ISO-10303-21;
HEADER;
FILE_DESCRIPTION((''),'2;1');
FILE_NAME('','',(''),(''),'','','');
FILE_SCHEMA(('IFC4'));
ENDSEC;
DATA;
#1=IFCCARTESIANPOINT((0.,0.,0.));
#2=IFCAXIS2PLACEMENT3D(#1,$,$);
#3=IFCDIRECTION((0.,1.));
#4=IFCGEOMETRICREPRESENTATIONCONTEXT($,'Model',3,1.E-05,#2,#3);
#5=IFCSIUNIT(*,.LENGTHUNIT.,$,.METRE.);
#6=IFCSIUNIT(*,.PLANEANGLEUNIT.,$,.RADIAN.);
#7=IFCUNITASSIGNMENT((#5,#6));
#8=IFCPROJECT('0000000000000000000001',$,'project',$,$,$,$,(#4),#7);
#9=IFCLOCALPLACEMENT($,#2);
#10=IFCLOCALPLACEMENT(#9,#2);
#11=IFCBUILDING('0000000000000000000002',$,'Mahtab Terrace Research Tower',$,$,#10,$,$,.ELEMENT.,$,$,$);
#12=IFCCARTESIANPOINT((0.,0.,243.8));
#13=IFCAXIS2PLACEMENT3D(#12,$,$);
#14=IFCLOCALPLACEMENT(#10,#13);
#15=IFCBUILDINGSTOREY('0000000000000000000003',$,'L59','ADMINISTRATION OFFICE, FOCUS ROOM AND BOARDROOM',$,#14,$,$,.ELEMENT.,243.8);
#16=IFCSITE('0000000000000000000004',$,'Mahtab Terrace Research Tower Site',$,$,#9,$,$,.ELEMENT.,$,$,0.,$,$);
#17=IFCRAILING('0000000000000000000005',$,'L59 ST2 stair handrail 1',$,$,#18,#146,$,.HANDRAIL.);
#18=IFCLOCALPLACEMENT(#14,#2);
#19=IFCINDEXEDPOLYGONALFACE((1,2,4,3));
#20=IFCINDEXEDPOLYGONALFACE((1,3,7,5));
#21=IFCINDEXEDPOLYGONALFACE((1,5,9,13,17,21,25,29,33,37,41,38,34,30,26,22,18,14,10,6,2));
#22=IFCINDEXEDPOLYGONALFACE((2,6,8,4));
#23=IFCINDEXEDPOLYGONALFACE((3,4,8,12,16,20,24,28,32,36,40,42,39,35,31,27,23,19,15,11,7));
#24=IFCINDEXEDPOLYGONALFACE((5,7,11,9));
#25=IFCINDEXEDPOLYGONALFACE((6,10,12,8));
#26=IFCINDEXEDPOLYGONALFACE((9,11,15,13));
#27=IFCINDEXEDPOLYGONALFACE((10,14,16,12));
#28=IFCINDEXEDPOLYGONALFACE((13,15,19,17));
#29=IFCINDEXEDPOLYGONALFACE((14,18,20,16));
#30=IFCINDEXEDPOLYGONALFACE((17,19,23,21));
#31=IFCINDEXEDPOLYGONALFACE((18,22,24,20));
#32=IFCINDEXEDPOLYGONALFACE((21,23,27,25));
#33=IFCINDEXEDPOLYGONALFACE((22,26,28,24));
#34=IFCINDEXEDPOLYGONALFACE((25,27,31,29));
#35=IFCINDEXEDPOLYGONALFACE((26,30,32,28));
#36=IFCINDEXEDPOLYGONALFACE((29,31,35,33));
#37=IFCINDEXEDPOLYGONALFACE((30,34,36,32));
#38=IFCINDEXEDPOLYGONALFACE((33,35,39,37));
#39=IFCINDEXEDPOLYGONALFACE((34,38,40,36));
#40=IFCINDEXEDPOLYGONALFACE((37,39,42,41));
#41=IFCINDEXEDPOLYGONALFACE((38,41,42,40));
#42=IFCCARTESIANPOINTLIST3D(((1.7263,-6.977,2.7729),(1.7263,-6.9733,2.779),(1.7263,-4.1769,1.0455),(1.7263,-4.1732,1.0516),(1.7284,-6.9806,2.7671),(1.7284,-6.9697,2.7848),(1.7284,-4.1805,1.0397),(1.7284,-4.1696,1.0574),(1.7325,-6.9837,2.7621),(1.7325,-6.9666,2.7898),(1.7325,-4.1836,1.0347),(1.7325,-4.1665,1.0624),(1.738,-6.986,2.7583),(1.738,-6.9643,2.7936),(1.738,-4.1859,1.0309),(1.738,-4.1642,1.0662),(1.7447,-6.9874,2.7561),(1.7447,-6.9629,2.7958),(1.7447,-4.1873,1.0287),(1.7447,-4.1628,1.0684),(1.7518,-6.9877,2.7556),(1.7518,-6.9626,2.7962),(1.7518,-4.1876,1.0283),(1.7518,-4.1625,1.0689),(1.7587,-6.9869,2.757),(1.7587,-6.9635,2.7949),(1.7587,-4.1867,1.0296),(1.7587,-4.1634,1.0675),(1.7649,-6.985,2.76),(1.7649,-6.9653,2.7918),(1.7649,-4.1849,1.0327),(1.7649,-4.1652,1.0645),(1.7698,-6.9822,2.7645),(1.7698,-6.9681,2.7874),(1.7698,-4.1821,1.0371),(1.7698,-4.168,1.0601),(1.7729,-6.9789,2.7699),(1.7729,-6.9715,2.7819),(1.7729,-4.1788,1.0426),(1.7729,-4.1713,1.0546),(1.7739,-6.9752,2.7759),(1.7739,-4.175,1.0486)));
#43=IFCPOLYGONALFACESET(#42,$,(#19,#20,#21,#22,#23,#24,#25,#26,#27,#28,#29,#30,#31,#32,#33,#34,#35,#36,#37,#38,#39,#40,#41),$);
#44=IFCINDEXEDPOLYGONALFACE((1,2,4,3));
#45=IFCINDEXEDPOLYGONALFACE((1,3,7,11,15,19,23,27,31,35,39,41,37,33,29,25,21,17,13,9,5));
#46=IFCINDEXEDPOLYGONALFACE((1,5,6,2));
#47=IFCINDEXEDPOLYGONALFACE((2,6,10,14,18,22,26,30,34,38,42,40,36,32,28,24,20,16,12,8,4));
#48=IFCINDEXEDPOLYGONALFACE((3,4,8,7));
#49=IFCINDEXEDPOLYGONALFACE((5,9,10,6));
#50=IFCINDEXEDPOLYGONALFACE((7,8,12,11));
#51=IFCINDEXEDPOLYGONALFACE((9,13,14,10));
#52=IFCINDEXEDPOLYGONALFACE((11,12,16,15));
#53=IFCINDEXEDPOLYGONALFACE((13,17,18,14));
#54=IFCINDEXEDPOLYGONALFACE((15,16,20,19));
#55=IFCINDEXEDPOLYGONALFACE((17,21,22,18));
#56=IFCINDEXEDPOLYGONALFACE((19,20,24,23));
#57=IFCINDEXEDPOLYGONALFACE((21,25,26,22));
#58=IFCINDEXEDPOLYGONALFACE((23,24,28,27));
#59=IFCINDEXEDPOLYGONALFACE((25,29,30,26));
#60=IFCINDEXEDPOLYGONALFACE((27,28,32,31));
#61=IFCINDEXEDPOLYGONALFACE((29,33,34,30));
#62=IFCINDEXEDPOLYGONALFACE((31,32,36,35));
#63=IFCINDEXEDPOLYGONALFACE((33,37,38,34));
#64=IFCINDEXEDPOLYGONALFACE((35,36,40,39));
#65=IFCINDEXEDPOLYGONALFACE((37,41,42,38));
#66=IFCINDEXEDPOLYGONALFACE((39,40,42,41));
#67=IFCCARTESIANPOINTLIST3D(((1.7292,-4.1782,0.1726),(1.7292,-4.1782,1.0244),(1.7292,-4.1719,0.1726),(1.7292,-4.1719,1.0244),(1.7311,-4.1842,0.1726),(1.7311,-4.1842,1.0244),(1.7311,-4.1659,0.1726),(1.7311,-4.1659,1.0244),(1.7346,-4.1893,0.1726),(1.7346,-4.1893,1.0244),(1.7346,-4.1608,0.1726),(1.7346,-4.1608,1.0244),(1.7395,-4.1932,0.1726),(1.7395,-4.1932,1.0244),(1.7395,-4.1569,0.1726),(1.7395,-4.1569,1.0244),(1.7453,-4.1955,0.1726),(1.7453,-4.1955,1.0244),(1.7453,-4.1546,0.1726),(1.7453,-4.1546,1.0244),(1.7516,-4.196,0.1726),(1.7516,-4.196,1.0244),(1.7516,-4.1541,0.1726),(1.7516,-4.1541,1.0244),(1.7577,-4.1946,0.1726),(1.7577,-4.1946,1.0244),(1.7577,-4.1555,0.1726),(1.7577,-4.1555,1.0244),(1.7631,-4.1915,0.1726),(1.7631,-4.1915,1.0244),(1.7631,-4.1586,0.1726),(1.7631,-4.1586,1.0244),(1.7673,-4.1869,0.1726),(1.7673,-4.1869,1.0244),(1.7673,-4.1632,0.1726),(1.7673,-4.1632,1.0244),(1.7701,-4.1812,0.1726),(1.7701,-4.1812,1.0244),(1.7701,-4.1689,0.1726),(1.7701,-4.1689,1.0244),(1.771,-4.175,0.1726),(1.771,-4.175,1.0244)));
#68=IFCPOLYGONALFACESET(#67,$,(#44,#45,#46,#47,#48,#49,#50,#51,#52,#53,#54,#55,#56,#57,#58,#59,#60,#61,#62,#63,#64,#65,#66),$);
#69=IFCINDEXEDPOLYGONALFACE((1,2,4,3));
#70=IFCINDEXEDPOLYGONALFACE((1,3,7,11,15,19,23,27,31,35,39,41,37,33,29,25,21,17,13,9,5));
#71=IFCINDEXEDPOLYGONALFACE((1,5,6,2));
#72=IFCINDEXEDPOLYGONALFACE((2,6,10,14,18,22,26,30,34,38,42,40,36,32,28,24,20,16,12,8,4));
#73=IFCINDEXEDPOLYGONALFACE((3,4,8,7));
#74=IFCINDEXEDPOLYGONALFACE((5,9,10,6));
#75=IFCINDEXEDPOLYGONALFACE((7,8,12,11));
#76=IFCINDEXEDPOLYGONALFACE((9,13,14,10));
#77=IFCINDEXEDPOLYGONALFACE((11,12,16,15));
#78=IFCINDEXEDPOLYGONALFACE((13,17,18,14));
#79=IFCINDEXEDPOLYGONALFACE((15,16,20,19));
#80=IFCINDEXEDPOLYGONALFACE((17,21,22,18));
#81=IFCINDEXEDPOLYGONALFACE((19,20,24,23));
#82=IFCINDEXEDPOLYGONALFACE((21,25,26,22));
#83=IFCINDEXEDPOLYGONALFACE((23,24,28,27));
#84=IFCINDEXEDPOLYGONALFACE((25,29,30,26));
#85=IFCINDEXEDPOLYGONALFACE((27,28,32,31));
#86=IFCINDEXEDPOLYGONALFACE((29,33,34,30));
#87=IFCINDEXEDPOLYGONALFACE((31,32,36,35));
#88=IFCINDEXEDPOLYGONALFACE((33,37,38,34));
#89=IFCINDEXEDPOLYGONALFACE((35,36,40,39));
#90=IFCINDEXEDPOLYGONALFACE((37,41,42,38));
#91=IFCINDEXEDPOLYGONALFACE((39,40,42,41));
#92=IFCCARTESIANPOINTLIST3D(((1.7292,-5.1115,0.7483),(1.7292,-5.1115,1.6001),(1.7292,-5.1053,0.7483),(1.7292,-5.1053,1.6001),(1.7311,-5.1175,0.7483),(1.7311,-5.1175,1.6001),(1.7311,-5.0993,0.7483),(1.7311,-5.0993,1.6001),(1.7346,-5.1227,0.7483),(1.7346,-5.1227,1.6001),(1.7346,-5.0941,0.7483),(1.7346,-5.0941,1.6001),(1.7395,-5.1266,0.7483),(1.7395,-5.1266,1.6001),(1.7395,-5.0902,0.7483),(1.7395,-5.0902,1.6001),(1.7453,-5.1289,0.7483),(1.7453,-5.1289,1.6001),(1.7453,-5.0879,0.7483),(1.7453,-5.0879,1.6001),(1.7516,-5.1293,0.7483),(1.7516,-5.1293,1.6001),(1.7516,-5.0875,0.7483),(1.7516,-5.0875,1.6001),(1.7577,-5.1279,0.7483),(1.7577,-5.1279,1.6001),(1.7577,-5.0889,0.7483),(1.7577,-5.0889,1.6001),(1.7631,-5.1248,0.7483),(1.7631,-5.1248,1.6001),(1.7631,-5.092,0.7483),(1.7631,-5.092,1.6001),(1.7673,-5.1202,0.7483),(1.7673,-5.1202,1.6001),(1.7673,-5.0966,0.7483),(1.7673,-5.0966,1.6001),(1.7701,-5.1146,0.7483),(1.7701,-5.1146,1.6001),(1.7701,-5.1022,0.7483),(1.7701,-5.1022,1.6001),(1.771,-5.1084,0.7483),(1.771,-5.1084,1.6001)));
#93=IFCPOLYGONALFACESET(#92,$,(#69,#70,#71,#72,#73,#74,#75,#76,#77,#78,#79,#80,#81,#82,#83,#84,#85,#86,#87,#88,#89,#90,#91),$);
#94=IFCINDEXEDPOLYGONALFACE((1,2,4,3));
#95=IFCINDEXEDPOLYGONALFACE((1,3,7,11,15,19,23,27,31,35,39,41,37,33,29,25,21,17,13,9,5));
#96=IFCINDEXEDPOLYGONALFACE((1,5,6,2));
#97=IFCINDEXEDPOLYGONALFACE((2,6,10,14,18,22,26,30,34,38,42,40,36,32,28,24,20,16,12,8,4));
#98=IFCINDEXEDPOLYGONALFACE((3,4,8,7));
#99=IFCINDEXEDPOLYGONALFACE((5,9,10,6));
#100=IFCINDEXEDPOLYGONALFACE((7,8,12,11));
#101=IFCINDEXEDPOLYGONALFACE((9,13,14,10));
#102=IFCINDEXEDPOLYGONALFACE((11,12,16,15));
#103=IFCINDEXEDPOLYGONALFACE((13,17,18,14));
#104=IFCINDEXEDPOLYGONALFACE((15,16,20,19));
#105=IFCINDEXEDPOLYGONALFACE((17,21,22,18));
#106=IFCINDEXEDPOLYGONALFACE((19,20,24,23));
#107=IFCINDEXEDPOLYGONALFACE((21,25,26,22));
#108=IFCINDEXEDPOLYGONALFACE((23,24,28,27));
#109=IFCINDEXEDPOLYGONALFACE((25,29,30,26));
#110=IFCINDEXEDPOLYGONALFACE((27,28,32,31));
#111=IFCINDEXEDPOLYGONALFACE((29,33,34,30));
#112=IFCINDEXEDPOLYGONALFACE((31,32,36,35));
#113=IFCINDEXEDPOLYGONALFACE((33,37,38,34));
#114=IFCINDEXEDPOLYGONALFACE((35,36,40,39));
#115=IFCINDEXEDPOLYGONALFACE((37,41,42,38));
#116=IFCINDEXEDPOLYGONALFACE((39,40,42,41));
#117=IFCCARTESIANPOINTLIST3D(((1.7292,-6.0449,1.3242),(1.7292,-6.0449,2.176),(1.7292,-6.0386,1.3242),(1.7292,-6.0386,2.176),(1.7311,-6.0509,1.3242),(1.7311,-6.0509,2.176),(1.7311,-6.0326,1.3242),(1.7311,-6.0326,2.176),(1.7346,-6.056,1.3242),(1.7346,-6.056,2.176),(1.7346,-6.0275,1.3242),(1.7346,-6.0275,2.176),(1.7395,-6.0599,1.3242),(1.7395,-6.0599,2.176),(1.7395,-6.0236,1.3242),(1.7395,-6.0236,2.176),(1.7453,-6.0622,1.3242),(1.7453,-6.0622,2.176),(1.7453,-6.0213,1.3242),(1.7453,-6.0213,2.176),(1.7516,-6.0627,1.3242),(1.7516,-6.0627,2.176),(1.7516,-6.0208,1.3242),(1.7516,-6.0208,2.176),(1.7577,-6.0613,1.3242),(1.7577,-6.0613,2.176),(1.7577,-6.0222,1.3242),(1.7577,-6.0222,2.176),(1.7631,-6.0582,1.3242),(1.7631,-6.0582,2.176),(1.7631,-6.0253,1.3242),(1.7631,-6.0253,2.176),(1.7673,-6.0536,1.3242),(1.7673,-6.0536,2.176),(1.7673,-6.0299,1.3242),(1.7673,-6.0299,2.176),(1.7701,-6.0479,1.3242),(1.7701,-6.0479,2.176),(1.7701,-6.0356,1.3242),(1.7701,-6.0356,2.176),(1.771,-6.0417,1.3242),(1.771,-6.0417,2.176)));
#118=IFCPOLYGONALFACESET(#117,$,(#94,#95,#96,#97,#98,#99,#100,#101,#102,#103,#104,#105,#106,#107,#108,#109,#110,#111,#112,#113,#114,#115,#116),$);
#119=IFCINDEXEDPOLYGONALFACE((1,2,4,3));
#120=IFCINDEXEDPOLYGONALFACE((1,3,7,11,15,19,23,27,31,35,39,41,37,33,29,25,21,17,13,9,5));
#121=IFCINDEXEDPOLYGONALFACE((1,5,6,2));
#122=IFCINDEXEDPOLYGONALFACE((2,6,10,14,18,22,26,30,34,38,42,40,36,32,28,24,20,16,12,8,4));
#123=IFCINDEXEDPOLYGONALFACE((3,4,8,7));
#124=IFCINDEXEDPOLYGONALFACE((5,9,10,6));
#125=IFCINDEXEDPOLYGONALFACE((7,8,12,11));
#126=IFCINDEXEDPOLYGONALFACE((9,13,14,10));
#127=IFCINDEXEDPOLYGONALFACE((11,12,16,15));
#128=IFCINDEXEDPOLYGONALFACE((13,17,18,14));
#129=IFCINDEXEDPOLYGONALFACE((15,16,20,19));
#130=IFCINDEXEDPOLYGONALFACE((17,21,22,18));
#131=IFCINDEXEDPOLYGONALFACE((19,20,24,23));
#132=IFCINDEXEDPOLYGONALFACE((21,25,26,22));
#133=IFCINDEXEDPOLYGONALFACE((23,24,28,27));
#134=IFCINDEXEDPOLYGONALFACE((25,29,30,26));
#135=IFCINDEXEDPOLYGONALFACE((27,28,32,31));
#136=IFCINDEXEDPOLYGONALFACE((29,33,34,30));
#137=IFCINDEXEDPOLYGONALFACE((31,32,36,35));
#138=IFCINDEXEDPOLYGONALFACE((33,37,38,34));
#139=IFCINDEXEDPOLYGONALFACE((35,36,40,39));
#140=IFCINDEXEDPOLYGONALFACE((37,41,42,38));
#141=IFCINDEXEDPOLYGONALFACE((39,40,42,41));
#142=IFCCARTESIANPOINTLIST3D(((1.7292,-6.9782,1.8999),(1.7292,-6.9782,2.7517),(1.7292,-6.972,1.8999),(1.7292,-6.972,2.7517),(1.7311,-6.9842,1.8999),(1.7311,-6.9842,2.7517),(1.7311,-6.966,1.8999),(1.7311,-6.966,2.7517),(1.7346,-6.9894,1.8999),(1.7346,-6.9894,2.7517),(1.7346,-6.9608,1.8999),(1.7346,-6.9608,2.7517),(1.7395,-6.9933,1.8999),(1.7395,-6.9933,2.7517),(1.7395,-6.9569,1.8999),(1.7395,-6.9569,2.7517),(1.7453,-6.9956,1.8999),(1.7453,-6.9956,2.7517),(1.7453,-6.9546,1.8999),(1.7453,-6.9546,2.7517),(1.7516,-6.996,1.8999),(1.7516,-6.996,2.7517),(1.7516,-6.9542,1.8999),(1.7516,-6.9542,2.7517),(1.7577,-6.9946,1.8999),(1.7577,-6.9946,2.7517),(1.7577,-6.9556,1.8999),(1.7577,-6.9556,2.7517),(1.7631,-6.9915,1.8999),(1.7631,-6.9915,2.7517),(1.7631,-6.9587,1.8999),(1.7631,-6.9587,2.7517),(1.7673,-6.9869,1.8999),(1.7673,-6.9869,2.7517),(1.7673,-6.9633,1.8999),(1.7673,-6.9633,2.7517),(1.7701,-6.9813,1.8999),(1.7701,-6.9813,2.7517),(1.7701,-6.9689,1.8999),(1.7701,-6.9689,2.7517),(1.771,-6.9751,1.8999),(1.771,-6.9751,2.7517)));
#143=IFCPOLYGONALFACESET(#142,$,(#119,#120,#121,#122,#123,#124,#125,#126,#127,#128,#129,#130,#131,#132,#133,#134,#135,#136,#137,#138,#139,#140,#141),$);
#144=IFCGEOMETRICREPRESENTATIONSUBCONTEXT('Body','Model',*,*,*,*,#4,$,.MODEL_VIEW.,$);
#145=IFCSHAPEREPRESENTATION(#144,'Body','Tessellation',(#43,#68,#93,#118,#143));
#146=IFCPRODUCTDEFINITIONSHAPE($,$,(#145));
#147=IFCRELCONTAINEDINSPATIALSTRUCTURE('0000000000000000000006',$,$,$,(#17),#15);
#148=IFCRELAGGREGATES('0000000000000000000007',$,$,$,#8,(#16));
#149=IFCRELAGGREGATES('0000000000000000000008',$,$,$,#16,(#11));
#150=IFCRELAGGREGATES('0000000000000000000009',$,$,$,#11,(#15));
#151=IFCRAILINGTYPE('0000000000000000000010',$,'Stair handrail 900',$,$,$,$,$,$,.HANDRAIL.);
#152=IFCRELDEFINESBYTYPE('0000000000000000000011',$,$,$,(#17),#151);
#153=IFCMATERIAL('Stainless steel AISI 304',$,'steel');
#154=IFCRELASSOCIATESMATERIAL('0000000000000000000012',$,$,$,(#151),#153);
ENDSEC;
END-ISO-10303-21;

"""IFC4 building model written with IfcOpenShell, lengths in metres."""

from ifc_helpers import new_model, si_unit, direction, frame, origin, origin_2d, place, context, subcontext, project, spatial, circle, extrude, material, type_object, element, save


model = new_model("IFC4")

# Units and contexts
model_context = context("Model", 3, precision=1e-05, world=origin(), true_north=direction((0.0, 1.0)))
body_context = subcontext(model_context, "Body", "Model", "MODEL_VIEW")
ifc_project = project(units=[si_unit("LENGTHUNIT", "METRE"), si_unit("PLANEANGLEUNIT", "RADIAN")], contexts=[model_context])

# Site, building, storey
site_placement = place(None, origin())
site = spatial("IfcSite", under=ifc_project, at=site_placement, Name="Mahtab Terrace Research Tower Site", CompositionType="ELEMENT", RefElevation=0.0)
building_placement = place(site_placement, origin())
building = spatial("IfcBuilding", under=site, at=building_placement, Name="Mahtab Terrace Research Tower", CompositionType="ELEMENT")
storey_placement = place(building_placement, frame((0.0, 0.0, 243.8)))
storey = spatial("IfcBuildingStorey", under=building, at=storey_placement, Name="L59", Description="ADMINISTRATION OFFICE, FOCUS ROOM AND BOARDROOM", CompositionType="ELEMENT", Elevation=243.8)

# Shared definitions
ifc_material_1 = material(Name="Stainless steel AISI 304", Category="steel")

# Railing
railing_type_1 = type_object("IfcRailingType", Name="Stair handrail 900", PredefinedType="HANDRAIL", material=ifc_material_1)
railing_1_placement = place(storey_placement, frame((1.75, -4.175, 0.1726)))
element("IfcRailing", 1, at=railing_1_placement, inside=storey, type_object=railing_type_1, Name="L59 ST2 stair handrail 1", PredefinedType="HANDRAIL", context=body_context, shape_type="SweptSolid", body=[
    extrude(circle(Radius=0.0239, at=origin_2d()), frame((0.0, 0.0, 0.876), z_axis=(0.0, -0.85109, 0.52502), x_axis=(1.0, 0.0, 0.0)), (0.0, 0.0, 1.0), 3.29),
    extrude(circle(Radius=0.021, at=origin_2d()), origin(), (0.0, 0.0, 1.0), 0.8518),
    extrude(circle(Radius=0.021, at=origin_2d()), frame((0.0, -0.9333, 0.5757)), (0.0, 0.0, 1.0), 0.8518),
    extrude(circle(Radius=0.021, at=origin_2d()), frame((0.0, -1.8667, 1.1516)), (0.0, 0.0, 1.0), 0.8518),
    extrude(circle(Radius=0.021, at=origin_2d()), frame((0.0, -2.8, 1.7273)), (0.0, 0.0, 1.0), 0.8518),
])

save(model, "model.ifc")
